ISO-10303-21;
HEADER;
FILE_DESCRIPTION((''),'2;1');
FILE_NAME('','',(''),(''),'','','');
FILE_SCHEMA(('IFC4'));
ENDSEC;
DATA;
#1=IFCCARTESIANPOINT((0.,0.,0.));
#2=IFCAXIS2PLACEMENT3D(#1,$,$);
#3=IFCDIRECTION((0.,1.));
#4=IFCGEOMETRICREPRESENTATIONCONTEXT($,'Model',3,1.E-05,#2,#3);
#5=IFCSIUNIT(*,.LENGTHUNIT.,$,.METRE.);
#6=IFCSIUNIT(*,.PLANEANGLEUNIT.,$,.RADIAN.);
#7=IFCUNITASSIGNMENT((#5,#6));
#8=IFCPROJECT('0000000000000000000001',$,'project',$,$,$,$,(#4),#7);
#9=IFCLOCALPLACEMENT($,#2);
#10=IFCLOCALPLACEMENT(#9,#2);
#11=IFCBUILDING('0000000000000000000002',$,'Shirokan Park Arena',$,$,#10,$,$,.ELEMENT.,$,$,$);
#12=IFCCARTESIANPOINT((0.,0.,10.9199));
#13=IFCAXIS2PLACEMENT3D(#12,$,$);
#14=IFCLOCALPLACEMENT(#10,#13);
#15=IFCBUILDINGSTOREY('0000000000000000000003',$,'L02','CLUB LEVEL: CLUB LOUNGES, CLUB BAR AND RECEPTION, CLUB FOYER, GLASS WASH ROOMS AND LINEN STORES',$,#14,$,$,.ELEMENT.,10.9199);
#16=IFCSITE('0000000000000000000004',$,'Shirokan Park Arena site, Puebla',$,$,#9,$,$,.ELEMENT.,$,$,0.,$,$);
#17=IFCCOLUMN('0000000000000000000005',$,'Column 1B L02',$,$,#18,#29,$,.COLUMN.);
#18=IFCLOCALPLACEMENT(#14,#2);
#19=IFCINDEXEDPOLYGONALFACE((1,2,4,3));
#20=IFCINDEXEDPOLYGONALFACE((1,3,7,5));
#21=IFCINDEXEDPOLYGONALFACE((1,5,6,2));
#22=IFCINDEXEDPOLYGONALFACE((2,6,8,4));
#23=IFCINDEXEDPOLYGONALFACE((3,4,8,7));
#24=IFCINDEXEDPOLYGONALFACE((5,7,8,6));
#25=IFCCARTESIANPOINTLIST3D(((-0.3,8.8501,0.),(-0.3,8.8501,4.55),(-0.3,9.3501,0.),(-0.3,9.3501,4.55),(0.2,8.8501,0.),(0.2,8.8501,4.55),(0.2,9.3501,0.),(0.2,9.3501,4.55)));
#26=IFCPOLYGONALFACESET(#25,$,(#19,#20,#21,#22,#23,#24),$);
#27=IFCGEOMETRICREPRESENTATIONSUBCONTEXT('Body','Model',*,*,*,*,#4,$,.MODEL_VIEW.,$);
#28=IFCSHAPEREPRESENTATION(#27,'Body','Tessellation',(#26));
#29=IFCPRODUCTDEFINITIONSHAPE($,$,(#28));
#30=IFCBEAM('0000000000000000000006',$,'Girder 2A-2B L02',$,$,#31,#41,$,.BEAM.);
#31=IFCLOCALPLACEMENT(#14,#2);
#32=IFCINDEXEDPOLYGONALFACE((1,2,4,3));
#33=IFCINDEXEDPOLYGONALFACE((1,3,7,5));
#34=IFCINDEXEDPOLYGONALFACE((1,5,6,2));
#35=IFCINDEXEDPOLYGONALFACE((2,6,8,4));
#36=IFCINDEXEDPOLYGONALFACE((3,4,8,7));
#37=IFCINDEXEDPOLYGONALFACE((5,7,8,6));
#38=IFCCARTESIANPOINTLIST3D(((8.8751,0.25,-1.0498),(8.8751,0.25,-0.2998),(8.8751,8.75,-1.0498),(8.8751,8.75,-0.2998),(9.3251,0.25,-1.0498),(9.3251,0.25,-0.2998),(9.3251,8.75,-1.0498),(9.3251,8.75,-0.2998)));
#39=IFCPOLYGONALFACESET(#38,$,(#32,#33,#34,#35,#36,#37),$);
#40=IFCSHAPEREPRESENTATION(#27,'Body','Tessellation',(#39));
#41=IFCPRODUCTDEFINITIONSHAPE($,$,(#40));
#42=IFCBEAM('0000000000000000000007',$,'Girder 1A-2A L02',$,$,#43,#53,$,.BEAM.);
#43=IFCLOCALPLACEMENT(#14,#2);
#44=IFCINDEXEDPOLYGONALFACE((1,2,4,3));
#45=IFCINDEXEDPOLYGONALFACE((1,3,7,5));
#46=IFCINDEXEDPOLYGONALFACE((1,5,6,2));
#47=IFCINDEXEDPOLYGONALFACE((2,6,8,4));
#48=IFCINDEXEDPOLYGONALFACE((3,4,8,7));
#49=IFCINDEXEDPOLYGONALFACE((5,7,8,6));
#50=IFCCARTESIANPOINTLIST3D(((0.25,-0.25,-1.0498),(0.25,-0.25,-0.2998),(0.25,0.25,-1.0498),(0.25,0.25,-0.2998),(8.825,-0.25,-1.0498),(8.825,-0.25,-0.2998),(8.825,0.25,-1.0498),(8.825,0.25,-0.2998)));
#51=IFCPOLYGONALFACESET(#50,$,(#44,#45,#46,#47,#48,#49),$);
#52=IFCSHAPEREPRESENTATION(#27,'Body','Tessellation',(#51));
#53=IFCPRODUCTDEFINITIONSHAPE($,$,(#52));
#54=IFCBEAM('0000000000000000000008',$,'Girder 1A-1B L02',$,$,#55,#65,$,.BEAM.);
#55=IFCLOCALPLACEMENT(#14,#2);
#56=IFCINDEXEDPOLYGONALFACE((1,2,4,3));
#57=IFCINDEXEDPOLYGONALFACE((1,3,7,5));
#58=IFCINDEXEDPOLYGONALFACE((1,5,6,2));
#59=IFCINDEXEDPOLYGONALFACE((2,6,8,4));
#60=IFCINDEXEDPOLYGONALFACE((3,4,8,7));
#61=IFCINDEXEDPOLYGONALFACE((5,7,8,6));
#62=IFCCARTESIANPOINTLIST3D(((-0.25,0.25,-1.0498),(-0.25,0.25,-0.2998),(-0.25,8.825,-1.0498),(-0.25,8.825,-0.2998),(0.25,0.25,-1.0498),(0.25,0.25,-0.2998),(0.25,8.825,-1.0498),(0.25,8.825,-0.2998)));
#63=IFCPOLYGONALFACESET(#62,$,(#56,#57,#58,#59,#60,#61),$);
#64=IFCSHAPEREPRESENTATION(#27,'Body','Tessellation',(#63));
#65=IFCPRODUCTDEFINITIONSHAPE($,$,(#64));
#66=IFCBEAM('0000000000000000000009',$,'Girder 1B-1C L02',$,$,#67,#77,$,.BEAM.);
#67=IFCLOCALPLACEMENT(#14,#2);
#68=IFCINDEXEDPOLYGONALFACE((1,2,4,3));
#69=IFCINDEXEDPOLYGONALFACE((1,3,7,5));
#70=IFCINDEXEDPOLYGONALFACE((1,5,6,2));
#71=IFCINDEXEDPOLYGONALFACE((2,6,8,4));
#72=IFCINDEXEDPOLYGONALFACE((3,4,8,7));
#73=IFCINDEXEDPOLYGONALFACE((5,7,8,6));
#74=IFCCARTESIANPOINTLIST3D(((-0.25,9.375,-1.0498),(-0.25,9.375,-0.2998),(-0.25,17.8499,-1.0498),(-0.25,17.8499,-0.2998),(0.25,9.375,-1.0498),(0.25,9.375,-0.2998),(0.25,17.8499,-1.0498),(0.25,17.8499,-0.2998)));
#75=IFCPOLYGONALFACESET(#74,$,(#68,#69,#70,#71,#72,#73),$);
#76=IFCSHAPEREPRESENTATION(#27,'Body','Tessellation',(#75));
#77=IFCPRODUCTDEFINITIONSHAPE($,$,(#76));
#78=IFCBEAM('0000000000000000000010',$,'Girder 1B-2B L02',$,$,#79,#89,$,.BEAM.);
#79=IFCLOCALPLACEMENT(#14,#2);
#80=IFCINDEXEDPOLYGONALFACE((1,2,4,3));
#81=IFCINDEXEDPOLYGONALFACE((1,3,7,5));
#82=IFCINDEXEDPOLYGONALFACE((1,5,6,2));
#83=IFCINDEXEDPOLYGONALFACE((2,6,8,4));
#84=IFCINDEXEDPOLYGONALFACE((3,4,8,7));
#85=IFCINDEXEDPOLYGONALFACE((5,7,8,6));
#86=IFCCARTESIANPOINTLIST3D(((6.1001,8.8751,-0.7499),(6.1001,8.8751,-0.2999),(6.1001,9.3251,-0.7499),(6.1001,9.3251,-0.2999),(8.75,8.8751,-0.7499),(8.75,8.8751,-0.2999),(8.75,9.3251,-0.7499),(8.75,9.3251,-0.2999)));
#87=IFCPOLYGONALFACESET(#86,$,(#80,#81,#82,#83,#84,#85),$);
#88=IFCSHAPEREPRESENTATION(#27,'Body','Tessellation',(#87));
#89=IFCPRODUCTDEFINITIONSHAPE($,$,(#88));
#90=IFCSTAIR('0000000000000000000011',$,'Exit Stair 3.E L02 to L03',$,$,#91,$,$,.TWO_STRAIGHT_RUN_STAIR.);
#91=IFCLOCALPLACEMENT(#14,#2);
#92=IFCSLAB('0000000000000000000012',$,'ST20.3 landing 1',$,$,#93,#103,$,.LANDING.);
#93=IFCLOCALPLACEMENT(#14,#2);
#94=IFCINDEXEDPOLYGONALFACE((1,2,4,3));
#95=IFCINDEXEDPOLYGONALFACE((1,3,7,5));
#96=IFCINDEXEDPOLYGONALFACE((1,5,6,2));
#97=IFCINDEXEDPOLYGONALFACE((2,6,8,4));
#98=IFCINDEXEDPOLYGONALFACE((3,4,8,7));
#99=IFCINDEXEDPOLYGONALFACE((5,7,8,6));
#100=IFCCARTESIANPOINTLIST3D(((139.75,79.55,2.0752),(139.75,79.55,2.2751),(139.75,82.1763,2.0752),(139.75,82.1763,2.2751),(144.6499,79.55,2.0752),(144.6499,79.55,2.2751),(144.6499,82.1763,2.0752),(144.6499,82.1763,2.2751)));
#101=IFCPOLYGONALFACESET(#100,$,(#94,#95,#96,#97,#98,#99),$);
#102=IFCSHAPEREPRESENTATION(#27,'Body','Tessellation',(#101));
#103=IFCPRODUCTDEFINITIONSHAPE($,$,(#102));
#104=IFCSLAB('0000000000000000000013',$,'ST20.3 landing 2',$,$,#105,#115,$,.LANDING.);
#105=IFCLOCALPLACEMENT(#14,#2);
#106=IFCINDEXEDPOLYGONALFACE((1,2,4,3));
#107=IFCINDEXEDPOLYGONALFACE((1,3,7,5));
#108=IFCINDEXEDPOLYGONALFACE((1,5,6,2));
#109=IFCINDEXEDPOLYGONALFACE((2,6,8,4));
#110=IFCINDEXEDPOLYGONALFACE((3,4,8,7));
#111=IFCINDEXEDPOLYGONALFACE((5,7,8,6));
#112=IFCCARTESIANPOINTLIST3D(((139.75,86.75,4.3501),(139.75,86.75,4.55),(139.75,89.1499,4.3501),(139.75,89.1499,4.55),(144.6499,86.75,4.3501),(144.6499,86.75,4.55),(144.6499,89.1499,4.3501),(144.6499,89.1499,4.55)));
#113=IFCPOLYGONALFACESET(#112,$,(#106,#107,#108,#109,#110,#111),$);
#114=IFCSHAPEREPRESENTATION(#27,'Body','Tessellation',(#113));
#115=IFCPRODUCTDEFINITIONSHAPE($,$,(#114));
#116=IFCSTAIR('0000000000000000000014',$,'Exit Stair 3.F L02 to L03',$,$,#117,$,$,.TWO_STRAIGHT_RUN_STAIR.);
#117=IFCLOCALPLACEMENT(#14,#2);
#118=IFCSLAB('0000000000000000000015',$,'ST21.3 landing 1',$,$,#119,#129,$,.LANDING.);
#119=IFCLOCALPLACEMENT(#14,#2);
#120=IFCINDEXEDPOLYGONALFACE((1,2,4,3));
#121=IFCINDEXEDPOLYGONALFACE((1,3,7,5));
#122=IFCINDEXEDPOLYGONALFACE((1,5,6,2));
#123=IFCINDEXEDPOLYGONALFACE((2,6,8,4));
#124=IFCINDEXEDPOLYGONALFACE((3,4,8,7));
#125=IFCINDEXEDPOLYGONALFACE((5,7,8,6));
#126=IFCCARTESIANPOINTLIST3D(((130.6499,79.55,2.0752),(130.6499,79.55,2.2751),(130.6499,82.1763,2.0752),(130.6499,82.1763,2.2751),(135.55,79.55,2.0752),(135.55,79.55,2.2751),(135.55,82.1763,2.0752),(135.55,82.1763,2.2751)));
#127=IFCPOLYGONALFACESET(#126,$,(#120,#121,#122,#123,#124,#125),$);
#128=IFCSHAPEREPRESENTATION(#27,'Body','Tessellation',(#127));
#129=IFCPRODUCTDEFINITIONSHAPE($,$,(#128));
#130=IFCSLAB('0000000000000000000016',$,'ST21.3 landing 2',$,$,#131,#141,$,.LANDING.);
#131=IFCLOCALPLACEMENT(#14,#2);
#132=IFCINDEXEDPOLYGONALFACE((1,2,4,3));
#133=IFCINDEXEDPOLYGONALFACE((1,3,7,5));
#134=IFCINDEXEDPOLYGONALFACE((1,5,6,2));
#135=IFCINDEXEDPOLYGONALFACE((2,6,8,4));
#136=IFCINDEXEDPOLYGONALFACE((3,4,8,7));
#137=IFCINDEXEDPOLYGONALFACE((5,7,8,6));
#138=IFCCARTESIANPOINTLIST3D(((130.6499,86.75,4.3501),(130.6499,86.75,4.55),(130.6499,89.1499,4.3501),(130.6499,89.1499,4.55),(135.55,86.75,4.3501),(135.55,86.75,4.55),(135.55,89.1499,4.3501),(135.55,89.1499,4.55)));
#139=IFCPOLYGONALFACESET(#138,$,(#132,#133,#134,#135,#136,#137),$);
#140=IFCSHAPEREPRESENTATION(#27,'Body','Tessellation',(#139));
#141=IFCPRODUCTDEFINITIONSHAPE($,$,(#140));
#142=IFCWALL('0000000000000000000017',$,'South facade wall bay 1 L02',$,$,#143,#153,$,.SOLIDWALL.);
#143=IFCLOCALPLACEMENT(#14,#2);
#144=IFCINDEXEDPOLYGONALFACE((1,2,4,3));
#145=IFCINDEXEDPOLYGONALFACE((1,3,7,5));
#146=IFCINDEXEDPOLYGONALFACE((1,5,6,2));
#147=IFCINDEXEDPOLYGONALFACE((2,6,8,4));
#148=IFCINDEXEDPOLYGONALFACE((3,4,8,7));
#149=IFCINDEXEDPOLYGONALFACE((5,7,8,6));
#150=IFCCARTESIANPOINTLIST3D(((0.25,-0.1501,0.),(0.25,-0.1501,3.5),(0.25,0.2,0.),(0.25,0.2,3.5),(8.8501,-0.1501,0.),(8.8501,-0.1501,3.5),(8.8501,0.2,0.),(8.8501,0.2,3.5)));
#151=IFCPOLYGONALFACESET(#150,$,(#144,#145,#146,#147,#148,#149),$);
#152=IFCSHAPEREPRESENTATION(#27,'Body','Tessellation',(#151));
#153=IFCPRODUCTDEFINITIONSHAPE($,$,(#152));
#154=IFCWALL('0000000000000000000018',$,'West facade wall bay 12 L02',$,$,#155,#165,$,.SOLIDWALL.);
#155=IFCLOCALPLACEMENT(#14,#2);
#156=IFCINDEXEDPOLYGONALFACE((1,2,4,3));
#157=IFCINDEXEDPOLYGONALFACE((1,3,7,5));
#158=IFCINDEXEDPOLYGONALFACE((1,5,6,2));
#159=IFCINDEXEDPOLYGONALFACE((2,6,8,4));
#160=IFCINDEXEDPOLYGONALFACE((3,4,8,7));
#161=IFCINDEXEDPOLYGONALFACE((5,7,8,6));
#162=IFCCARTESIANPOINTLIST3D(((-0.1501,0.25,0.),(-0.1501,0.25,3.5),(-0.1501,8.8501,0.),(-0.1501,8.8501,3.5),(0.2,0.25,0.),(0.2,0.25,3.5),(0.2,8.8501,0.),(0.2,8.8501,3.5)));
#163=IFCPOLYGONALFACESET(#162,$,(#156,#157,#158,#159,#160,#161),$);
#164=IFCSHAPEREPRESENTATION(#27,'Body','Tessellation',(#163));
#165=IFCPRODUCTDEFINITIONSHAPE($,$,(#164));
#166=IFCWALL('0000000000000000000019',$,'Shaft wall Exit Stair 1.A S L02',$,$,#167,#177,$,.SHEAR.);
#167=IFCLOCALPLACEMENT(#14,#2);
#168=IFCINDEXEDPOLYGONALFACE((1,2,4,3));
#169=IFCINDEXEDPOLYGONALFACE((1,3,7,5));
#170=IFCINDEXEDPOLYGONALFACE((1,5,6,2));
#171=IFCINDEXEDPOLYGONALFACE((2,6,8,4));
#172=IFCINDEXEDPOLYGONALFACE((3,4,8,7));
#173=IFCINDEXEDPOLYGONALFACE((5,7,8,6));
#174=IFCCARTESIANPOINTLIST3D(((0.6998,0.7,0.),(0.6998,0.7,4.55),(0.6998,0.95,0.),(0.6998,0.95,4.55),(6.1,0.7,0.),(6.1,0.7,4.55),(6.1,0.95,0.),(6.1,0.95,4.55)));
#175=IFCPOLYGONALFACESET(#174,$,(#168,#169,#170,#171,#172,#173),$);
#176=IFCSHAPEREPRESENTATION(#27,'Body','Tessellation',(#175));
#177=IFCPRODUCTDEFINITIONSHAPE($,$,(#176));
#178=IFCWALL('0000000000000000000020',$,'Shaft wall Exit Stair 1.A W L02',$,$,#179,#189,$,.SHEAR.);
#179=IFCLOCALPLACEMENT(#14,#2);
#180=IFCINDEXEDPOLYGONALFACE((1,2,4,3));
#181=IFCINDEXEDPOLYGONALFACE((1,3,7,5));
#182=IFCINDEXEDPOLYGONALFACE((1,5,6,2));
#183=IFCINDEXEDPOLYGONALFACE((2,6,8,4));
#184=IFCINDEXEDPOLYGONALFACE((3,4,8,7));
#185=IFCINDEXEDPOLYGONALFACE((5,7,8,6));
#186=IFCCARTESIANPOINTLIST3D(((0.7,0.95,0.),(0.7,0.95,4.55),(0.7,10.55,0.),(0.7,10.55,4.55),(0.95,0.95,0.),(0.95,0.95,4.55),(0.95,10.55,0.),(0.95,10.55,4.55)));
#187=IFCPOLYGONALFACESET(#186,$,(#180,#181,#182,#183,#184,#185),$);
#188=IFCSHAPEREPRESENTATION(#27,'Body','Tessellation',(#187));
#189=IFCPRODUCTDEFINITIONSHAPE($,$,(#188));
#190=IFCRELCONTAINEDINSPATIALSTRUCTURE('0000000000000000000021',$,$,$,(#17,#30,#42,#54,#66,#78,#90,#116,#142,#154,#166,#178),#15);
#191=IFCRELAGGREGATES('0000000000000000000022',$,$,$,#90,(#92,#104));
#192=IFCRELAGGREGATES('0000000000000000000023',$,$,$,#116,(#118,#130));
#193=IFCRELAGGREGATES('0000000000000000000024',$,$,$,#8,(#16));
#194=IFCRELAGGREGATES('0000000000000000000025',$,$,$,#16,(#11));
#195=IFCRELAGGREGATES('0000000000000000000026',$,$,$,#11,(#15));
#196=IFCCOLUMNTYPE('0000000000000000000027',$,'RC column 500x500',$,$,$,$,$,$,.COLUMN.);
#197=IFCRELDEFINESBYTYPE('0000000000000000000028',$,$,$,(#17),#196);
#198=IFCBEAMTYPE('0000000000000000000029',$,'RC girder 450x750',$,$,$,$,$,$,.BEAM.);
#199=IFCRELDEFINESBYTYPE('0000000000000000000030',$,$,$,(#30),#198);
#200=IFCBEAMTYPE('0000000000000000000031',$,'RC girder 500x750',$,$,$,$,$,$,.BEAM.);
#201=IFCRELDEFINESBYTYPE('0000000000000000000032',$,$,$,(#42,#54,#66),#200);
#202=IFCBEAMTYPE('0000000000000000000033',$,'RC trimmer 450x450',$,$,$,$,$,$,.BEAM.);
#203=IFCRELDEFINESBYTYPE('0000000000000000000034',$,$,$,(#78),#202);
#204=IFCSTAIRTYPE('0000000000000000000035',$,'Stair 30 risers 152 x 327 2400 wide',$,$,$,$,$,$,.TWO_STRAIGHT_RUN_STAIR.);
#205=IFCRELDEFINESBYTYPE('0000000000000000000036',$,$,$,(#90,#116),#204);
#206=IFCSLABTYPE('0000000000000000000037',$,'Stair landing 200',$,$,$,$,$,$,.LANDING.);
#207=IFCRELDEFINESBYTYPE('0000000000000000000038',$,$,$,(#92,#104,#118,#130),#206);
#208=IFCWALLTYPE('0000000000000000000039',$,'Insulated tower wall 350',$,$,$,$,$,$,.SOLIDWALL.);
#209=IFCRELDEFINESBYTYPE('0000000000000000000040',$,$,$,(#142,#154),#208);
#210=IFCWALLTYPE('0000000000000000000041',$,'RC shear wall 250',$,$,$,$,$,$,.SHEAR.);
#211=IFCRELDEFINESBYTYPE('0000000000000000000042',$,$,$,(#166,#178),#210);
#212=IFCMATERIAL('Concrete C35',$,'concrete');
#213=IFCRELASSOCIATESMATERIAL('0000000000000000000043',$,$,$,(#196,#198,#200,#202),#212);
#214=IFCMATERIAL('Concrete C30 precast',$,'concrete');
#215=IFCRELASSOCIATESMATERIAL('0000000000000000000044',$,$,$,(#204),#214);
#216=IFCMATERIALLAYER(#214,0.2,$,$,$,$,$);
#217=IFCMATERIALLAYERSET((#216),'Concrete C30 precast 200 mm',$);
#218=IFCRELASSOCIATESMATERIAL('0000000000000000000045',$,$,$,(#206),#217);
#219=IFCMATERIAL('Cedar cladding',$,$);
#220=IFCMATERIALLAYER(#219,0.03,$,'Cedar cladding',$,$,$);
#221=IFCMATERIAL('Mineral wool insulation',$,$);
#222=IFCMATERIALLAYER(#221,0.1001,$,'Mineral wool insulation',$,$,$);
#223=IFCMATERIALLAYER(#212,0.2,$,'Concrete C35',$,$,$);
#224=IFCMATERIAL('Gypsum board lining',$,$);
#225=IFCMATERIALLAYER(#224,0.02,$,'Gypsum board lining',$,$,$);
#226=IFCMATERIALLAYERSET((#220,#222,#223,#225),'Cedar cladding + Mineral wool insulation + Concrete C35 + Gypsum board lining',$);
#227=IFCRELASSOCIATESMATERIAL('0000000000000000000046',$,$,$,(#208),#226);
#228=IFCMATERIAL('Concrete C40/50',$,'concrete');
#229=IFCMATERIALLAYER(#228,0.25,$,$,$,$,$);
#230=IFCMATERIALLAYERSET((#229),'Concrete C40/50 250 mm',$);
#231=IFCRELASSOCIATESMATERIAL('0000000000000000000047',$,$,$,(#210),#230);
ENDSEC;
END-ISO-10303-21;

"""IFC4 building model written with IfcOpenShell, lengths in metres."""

from ifc_helpers import new_model, si_unit, direction, frame, frame_2d, origin, origin_2d, place, context, subcontext, project, spatial, polyline, rectangle, outline, extrude, material, layer, layer_set, material_profile, profile_set, type_object, element, aggregate, save


model = new_model("IFC4")

# Units and contexts
model_context = context("Model", 3, precision=1e-05, world=origin(), true_north=direction((0.0, 1.0)))
body_context = subcontext(model_context, "Body", "Model", "MODEL_VIEW")
ifc_project = project(units=[si_unit("LENGTHUNIT", "METRE"), si_unit("PLANEANGLEUNIT", "RADIAN")], contexts=[model_context])

# Site, building, storey
site_placement = place(None, origin())
site = spatial("IfcSite", under=ifc_project, at=site_placement, Name="Shirokan Park Arena site, Puebla", CompositionType="ELEMENT", RefElevation=0.0)
building_placement = place(site_placement, origin())
building = spatial("IfcBuilding", under=site, at=building_placement, Name="Shirokan Park Arena", CompositionType="ELEMENT")
storey_placement = place(building_placement, frame((0.0, 0.0, 10.9199)))
storey = spatial("IfcBuildingStorey", under=building, at=storey_placement, Name="L02", Description="CLUB LEVEL: CLUB LOUNGES, CLUB BAR AND RECEPTION, CLUB FOYER, GLASS WASH ROOMS AND LINEN STORES", CompositionType="ELEMENT", Elevation=10.9199)

# Column
ifc_material_1 = material(Name="Concrete C35", Category="concrete")
ifc_material_profile_1 = material_profile(ifc_material_1, rectangle(XDim=0.5, YDim=0.5, at=origin_2d()), Name="500x500")
ifc_profile_set_1 = profile_set([ifc_material_profile_1], Name="Concrete C35")
column_type = type_object("IfcColumnType", Name="RC column 500x500", PredefinedType="COLUMN", material=ifc_profile_set_1)
column_placement = place(storey_placement, frame((-0.05, 9.1001, 0.0), z_axis=(0.0, 0.0, 1.0), x_axis=(1.0, 0.0, 0.0)))
element("IfcColumn", 1, at=column_placement, inside=storey, type_object=column_type, Name="Column 1B L02", PredefinedType="COLUMN", context=body_context, shape_type="SweptSolid", body=[
    extrude(rectangle(XDim=0.5, YDim=0.5, at=origin_2d()), origin(), (0.0, 0.0, 1.0), 4.55),
])

# Beams
ifc_material_profile_2 = material_profile(ifc_material_1, rectangle(XDim=0.45, YDim=0.75, at=origin_2d()), Name="450x750")
ifc_profile_set_2 = profile_set([ifc_material_profile_2], Name="Concrete C35")
beam_type_1 = type_object("IfcBeamType", Name="RC girder 450x750", PredefinedType="BEAM", material=ifc_profile_set_2)
beam_1_placement = place(storey_placement, frame((9.1001, 0.25, -0.6748), z_axis=(0.0, 1.0, 0.0), x_axis=(-1.0, 0.0, 0.0)))
element("IfcBeam", 2, at=beam_1_placement, inside=storey, type_object=beam_type_1, Name="Girder 2A-2B L02", PredefinedType="BEAM", context=body_context, shape_type="SweptSolid", body=[
    extrude(rectangle(XDim=0.45, YDim=0.75, at=origin_2d()), origin(), (0.0, 0.0, 1.0), 8.5),
])
ifc_material_profile_3 = material_profile(ifc_material_1, rectangle(XDim=0.5, YDim=0.75, at=origin_2d()), Name="500x750")
ifc_profile_set_3 = profile_set([ifc_material_profile_3], Name="Concrete C35")
beam_type_2 = type_object("IfcBeamType", Name="RC girder 500x750", PredefinedType="BEAM", material=ifc_profile_set_3)
for number, where, z_axis, x_axis, name in (
    (3, (0.25, 0.0, -0.6748), (1.0, 0.0, 0.0), (0.0, 1.0, 0.0), "Girder 1A-2A L02"),
    (4, (0.0, 0.25, -0.6748), (0.0, 1.0, 0.0), (-1.0, 0.0, 0.0), "Girder 1A-1B L02"),
):
    element("IfcBeam", number, at=place(storey_placement, frame(where, z_axis=z_axis, x_axis=x_axis)), inside=storey, type_object=beam_type_2, Name=name, PredefinedType="BEAM", context=body_context, shape_type="SweptSolid", body=[
        extrude(rectangle(XDim=0.5, YDim=0.75, at=origin_2d()), origin(), (0.0, 0.0, 1.0), 8.575),
    ])
beam_2_placement = place(storey_placement, frame((0.0, 9.375, -0.6748), z_axis=(0.0, 1.0, 0.0), x_axis=(-1.0, 0.0, 0.0)))
element("IfcBeam", 5, at=beam_2_placement, inside=storey, type_object=beam_type_2, Name="Girder 1B-1C L02", PredefinedType="BEAM", context=body_context, shape_type="SweptSolid", body=[
    extrude(rectangle(XDim=0.5, YDim=0.75, at=origin_2d()), origin(), (0.0, 0.0, 1.0), 8.4749),
])
ifc_material_profile_4 = material_profile(ifc_material_1, rectangle(XDim=0.45, YDim=0.45, at=origin_2d()), Name="450x450")
ifc_profile_set_4 = profile_set([ifc_material_profile_4], Name="Concrete C35")
beam_type_3 = type_object("IfcBeamType", Name="RC trimmer 450x450", PredefinedType="BEAM", material=ifc_profile_set_4)
beam_3_placement = place(storey_placement, frame((6.1001, 9.1001, -0.5249), z_axis=(1.0, 0.0, 0.0), x_axis=(0.0, 1.0, 0.0)))
element("IfcBeam", 6, at=beam_3_placement, inside=storey, type_object=beam_type_3, Name="Girder 1B-2B L02", PredefinedType="BEAM", context=body_context, shape_type="SweptSolid", body=[
    extrude(rectangle(XDim=0.45, YDim=0.45, at=origin_2d()), origin(), (0.0, 0.0, 1.0), 2.6499),
])

# Stairs, slabs
ifc_material_2 = material(Name="Concrete C30 precast", Category="concrete")
stair_type = type_object("IfcStairType", Name="Stair 30 risers 152 x 327 2400 wide", PredefinedType="TWO_STRAIGHT_RUN_STAIR", material=ifc_material_2)
stair_1_placement = place(storey_placement, origin())
stair_1 = element("IfcStair", 7, at=stair_1_placement, inside=storey, type_object=stair_type, Name="Exit Stair 3.E L02 to L03", PredefinedType="TWO_STRAIGHT_RUN_STAIR")
ifc_layer_1 = layer(ifc_material_2, 0.2)
ifc_layer_set_1 = layer_set([ifc_layer_1], Name="Concrete C30 precast 200 mm")
slab_type = type_object("IfcSlabType", Name="Stair landing 200", PredefinedType="LANDING", material=ifc_layer_set_1)
slab_1_placement = place(storey_placement, frame((0.0, 0.0, 2.0752)))
slab_1 = element("IfcSlab", 8, at=slab_1_placement, type_object=slab_type, Name="ST20.3 landing 1", PredefinedType="LANDING", context=body_context, shape_type="SweptSolid", body=[
    extrude(outline(polyline([(139.75, 79.55), (144.6499, 79.55), (144.6499, 82.1763), (139.75, 82.1763), (139.75, 79.55)])), origin(), (0.0, 0.0, 1.0), 0.2),
])
slab_2_placement = place(storey_placement, frame((0.0, 0.0, 4.3501)))
slab_2 = element("IfcSlab", 9, at=slab_2_placement, type_object=slab_type, Name="ST20.3 landing 2", PredefinedType="LANDING", context=body_context, shape_type="SweptSolid", body=[
    extrude(outline(polyline([(139.75, 86.75), (144.6499, 86.75), (144.6499, 89.1499), (139.75, 89.1499), (139.75, 86.75)])), origin(), (0.0, 0.0, 1.0), 0.2),
])
aggregate(stair_1, [slab_1, slab_2])
stair_2_placement = place(storey_placement, origin())
stair_2 = element("IfcStair", 10, at=stair_2_placement, inside=storey, type_object=stair_type, Name="Exit Stair 3.F L02 to L03", PredefinedType="TWO_STRAIGHT_RUN_STAIR")
slab_3_placement = place(storey_placement, frame((0.0, 0.0, 2.0752)))
slab_3 = element("IfcSlab", 11, at=slab_3_placement, type_object=slab_type, Name="ST21.3 landing 1", PredefinedType="LANDING", context=body_context, shape_type="SweptSolid", body=[
    extrude(outline(polyline([(130.6499, 79.55), (135.55, 79.55), (135.55, 82.1763), (130.6499, 82.1763), (130.6499, 79.55)])), origin(), (0.0, 0.0, 1.0), 0.2),
])
slab_4_placement = place(storey_placement, frame((0.0, 0.0, 4.3501)))
slab_4 = element("IfcSlab", 12, at=slab_4_placement, type_object=slab_type, Name="ST21.3 landing 2", PredefinedType="LANDING", context=body_context, shape_type="SweptSolid", body=[
    extrude(outline(polyline([(130.6499, 86.75), (135.55, 86.75), (135.55, 89.1499), (130.6499, 89.1499), (130.6499, 86.75)])), origin(), (0.0, 0.0, 1.0), 0.2),
])
aggregate(stair_2, [slab_3, slab_4])

# Walls
ifc_material_3 = material(Name="Cedar cladding")
ifc_layer_2 = layer(ifc_material_3, 0.03, Name="Cedar cladding")
ifc_material_4 = material(Name="Mineral wool insulation")
ifc_layer_3 = layer(ifc_material_4, 0.1001, Name="Mineral wool insulation")
ifc_layer_4 = layer(ifc_material_1, 0.2, Name="Concrete C35")
ifc_material_5 = material(Name="Gypsum board lining")
ifc_layer_5 = layer(ifc_material_5, 0.02, Name="Gypsum board lining")
ifc_layer_set_2 = layer_set([ifc_layer_2, ifc_layer_3, ifc_layer_4, ifc_layer_5], Name="Cedar cladding + Mineral wool insulation + Concrete C35 + Gypsum board lining")
wall_type_1 = type_object("IfcWallType", Name="Insulated tower wall 350", PredefinedType="SOLIDWALL", material=ifc_layer_set_2)
for number, where, z_axis, x_axis, name in (
    (13, (0.25, 0.0249, 0.0), (0.0, 0.0, 1.0), (1.0, 0.0, 0.0), "South facade wall bay 1 L02"),
    (14, (0.0249, 8.8501, 0.0), (0.0, 0.0, 1.0), (0.0, -1.0, 0.0), "West facade wall bay 12 L02"),
):
    element("IfcWall", number, at=place(storey_placement, frame(where, z_axis=z_axis, x_axis=x_axis)), inside=storey, type_object=wall_type_1, Name=name, PredefinedType="SOLIDWALL", context=body_context, shape_type="SweptSolid", body=[
        extrude(rectangle(XDim=8.6001, YDim=0.3501, at=frame_2d((4.3, 0.0))), origin(), (0.0, 0.0, 1.0), 3.5),
    ])
ifc_material_6 = material(Name="Concrete C40/50", Category="concrete")
ifc_layer_6 = layer(ifc_material_6, 0.25)
ifc_layer_set_3 = layer_set([ifc_layer_6], Name="Concrete C40/50 250 mm")
wall_type_2 = type_object("IfcWallType", Name="RC shear wall 250", PredefinedType="SHEAR", material=ifc_layer_set_3)
wall_1_placement = place(storey_placement, frame((6.1001, 0.825, 0.0), z_axis=(0.0, 0.0, 1.0), x_axis=(-1.0, 0.0, 0.0)))
element("IfcWall", 15, at=wall_1_placement, inside=storey, type_object=wall_type_2, Name="Shaft wall Exit Stair 1.A S L02", PredefinedType="SHEAR", context=body_context, shape_type="SweptSolid", body=[
    extrude(rectangle(XDim=5.4001, YDim=0.25, at=frame_2d((2.7002, 0.0))), origin(), (0.0, 0.0, 1.0), 4.55),
])
for number, where, z_axis, x_axis, name in (
    (16, (0.825, 10.55, 0.0), (0.0, 0.0, 1.0), (0.0, -1.0, 0.0), "Shaft wall Exit Stair 1.A W L02"),
):
    element("IfcWall", number, at=place(storey_placement, frame(where, z_axis=z_axis, x_axis=x_axis)), inside=storey, type_object=wall_type_2, Name=name, PredefinedType="SHEAR", context=body_context, shape_type="SweptSolid", body=[
        extrude(rectangle(XDim=9.6001, YDim=0.25, at=frame_2d((4.8, 0.0))), origin(), (0.0, 0.0, 1.0), 4.55),
    ])

save(model, "model.ifc")
